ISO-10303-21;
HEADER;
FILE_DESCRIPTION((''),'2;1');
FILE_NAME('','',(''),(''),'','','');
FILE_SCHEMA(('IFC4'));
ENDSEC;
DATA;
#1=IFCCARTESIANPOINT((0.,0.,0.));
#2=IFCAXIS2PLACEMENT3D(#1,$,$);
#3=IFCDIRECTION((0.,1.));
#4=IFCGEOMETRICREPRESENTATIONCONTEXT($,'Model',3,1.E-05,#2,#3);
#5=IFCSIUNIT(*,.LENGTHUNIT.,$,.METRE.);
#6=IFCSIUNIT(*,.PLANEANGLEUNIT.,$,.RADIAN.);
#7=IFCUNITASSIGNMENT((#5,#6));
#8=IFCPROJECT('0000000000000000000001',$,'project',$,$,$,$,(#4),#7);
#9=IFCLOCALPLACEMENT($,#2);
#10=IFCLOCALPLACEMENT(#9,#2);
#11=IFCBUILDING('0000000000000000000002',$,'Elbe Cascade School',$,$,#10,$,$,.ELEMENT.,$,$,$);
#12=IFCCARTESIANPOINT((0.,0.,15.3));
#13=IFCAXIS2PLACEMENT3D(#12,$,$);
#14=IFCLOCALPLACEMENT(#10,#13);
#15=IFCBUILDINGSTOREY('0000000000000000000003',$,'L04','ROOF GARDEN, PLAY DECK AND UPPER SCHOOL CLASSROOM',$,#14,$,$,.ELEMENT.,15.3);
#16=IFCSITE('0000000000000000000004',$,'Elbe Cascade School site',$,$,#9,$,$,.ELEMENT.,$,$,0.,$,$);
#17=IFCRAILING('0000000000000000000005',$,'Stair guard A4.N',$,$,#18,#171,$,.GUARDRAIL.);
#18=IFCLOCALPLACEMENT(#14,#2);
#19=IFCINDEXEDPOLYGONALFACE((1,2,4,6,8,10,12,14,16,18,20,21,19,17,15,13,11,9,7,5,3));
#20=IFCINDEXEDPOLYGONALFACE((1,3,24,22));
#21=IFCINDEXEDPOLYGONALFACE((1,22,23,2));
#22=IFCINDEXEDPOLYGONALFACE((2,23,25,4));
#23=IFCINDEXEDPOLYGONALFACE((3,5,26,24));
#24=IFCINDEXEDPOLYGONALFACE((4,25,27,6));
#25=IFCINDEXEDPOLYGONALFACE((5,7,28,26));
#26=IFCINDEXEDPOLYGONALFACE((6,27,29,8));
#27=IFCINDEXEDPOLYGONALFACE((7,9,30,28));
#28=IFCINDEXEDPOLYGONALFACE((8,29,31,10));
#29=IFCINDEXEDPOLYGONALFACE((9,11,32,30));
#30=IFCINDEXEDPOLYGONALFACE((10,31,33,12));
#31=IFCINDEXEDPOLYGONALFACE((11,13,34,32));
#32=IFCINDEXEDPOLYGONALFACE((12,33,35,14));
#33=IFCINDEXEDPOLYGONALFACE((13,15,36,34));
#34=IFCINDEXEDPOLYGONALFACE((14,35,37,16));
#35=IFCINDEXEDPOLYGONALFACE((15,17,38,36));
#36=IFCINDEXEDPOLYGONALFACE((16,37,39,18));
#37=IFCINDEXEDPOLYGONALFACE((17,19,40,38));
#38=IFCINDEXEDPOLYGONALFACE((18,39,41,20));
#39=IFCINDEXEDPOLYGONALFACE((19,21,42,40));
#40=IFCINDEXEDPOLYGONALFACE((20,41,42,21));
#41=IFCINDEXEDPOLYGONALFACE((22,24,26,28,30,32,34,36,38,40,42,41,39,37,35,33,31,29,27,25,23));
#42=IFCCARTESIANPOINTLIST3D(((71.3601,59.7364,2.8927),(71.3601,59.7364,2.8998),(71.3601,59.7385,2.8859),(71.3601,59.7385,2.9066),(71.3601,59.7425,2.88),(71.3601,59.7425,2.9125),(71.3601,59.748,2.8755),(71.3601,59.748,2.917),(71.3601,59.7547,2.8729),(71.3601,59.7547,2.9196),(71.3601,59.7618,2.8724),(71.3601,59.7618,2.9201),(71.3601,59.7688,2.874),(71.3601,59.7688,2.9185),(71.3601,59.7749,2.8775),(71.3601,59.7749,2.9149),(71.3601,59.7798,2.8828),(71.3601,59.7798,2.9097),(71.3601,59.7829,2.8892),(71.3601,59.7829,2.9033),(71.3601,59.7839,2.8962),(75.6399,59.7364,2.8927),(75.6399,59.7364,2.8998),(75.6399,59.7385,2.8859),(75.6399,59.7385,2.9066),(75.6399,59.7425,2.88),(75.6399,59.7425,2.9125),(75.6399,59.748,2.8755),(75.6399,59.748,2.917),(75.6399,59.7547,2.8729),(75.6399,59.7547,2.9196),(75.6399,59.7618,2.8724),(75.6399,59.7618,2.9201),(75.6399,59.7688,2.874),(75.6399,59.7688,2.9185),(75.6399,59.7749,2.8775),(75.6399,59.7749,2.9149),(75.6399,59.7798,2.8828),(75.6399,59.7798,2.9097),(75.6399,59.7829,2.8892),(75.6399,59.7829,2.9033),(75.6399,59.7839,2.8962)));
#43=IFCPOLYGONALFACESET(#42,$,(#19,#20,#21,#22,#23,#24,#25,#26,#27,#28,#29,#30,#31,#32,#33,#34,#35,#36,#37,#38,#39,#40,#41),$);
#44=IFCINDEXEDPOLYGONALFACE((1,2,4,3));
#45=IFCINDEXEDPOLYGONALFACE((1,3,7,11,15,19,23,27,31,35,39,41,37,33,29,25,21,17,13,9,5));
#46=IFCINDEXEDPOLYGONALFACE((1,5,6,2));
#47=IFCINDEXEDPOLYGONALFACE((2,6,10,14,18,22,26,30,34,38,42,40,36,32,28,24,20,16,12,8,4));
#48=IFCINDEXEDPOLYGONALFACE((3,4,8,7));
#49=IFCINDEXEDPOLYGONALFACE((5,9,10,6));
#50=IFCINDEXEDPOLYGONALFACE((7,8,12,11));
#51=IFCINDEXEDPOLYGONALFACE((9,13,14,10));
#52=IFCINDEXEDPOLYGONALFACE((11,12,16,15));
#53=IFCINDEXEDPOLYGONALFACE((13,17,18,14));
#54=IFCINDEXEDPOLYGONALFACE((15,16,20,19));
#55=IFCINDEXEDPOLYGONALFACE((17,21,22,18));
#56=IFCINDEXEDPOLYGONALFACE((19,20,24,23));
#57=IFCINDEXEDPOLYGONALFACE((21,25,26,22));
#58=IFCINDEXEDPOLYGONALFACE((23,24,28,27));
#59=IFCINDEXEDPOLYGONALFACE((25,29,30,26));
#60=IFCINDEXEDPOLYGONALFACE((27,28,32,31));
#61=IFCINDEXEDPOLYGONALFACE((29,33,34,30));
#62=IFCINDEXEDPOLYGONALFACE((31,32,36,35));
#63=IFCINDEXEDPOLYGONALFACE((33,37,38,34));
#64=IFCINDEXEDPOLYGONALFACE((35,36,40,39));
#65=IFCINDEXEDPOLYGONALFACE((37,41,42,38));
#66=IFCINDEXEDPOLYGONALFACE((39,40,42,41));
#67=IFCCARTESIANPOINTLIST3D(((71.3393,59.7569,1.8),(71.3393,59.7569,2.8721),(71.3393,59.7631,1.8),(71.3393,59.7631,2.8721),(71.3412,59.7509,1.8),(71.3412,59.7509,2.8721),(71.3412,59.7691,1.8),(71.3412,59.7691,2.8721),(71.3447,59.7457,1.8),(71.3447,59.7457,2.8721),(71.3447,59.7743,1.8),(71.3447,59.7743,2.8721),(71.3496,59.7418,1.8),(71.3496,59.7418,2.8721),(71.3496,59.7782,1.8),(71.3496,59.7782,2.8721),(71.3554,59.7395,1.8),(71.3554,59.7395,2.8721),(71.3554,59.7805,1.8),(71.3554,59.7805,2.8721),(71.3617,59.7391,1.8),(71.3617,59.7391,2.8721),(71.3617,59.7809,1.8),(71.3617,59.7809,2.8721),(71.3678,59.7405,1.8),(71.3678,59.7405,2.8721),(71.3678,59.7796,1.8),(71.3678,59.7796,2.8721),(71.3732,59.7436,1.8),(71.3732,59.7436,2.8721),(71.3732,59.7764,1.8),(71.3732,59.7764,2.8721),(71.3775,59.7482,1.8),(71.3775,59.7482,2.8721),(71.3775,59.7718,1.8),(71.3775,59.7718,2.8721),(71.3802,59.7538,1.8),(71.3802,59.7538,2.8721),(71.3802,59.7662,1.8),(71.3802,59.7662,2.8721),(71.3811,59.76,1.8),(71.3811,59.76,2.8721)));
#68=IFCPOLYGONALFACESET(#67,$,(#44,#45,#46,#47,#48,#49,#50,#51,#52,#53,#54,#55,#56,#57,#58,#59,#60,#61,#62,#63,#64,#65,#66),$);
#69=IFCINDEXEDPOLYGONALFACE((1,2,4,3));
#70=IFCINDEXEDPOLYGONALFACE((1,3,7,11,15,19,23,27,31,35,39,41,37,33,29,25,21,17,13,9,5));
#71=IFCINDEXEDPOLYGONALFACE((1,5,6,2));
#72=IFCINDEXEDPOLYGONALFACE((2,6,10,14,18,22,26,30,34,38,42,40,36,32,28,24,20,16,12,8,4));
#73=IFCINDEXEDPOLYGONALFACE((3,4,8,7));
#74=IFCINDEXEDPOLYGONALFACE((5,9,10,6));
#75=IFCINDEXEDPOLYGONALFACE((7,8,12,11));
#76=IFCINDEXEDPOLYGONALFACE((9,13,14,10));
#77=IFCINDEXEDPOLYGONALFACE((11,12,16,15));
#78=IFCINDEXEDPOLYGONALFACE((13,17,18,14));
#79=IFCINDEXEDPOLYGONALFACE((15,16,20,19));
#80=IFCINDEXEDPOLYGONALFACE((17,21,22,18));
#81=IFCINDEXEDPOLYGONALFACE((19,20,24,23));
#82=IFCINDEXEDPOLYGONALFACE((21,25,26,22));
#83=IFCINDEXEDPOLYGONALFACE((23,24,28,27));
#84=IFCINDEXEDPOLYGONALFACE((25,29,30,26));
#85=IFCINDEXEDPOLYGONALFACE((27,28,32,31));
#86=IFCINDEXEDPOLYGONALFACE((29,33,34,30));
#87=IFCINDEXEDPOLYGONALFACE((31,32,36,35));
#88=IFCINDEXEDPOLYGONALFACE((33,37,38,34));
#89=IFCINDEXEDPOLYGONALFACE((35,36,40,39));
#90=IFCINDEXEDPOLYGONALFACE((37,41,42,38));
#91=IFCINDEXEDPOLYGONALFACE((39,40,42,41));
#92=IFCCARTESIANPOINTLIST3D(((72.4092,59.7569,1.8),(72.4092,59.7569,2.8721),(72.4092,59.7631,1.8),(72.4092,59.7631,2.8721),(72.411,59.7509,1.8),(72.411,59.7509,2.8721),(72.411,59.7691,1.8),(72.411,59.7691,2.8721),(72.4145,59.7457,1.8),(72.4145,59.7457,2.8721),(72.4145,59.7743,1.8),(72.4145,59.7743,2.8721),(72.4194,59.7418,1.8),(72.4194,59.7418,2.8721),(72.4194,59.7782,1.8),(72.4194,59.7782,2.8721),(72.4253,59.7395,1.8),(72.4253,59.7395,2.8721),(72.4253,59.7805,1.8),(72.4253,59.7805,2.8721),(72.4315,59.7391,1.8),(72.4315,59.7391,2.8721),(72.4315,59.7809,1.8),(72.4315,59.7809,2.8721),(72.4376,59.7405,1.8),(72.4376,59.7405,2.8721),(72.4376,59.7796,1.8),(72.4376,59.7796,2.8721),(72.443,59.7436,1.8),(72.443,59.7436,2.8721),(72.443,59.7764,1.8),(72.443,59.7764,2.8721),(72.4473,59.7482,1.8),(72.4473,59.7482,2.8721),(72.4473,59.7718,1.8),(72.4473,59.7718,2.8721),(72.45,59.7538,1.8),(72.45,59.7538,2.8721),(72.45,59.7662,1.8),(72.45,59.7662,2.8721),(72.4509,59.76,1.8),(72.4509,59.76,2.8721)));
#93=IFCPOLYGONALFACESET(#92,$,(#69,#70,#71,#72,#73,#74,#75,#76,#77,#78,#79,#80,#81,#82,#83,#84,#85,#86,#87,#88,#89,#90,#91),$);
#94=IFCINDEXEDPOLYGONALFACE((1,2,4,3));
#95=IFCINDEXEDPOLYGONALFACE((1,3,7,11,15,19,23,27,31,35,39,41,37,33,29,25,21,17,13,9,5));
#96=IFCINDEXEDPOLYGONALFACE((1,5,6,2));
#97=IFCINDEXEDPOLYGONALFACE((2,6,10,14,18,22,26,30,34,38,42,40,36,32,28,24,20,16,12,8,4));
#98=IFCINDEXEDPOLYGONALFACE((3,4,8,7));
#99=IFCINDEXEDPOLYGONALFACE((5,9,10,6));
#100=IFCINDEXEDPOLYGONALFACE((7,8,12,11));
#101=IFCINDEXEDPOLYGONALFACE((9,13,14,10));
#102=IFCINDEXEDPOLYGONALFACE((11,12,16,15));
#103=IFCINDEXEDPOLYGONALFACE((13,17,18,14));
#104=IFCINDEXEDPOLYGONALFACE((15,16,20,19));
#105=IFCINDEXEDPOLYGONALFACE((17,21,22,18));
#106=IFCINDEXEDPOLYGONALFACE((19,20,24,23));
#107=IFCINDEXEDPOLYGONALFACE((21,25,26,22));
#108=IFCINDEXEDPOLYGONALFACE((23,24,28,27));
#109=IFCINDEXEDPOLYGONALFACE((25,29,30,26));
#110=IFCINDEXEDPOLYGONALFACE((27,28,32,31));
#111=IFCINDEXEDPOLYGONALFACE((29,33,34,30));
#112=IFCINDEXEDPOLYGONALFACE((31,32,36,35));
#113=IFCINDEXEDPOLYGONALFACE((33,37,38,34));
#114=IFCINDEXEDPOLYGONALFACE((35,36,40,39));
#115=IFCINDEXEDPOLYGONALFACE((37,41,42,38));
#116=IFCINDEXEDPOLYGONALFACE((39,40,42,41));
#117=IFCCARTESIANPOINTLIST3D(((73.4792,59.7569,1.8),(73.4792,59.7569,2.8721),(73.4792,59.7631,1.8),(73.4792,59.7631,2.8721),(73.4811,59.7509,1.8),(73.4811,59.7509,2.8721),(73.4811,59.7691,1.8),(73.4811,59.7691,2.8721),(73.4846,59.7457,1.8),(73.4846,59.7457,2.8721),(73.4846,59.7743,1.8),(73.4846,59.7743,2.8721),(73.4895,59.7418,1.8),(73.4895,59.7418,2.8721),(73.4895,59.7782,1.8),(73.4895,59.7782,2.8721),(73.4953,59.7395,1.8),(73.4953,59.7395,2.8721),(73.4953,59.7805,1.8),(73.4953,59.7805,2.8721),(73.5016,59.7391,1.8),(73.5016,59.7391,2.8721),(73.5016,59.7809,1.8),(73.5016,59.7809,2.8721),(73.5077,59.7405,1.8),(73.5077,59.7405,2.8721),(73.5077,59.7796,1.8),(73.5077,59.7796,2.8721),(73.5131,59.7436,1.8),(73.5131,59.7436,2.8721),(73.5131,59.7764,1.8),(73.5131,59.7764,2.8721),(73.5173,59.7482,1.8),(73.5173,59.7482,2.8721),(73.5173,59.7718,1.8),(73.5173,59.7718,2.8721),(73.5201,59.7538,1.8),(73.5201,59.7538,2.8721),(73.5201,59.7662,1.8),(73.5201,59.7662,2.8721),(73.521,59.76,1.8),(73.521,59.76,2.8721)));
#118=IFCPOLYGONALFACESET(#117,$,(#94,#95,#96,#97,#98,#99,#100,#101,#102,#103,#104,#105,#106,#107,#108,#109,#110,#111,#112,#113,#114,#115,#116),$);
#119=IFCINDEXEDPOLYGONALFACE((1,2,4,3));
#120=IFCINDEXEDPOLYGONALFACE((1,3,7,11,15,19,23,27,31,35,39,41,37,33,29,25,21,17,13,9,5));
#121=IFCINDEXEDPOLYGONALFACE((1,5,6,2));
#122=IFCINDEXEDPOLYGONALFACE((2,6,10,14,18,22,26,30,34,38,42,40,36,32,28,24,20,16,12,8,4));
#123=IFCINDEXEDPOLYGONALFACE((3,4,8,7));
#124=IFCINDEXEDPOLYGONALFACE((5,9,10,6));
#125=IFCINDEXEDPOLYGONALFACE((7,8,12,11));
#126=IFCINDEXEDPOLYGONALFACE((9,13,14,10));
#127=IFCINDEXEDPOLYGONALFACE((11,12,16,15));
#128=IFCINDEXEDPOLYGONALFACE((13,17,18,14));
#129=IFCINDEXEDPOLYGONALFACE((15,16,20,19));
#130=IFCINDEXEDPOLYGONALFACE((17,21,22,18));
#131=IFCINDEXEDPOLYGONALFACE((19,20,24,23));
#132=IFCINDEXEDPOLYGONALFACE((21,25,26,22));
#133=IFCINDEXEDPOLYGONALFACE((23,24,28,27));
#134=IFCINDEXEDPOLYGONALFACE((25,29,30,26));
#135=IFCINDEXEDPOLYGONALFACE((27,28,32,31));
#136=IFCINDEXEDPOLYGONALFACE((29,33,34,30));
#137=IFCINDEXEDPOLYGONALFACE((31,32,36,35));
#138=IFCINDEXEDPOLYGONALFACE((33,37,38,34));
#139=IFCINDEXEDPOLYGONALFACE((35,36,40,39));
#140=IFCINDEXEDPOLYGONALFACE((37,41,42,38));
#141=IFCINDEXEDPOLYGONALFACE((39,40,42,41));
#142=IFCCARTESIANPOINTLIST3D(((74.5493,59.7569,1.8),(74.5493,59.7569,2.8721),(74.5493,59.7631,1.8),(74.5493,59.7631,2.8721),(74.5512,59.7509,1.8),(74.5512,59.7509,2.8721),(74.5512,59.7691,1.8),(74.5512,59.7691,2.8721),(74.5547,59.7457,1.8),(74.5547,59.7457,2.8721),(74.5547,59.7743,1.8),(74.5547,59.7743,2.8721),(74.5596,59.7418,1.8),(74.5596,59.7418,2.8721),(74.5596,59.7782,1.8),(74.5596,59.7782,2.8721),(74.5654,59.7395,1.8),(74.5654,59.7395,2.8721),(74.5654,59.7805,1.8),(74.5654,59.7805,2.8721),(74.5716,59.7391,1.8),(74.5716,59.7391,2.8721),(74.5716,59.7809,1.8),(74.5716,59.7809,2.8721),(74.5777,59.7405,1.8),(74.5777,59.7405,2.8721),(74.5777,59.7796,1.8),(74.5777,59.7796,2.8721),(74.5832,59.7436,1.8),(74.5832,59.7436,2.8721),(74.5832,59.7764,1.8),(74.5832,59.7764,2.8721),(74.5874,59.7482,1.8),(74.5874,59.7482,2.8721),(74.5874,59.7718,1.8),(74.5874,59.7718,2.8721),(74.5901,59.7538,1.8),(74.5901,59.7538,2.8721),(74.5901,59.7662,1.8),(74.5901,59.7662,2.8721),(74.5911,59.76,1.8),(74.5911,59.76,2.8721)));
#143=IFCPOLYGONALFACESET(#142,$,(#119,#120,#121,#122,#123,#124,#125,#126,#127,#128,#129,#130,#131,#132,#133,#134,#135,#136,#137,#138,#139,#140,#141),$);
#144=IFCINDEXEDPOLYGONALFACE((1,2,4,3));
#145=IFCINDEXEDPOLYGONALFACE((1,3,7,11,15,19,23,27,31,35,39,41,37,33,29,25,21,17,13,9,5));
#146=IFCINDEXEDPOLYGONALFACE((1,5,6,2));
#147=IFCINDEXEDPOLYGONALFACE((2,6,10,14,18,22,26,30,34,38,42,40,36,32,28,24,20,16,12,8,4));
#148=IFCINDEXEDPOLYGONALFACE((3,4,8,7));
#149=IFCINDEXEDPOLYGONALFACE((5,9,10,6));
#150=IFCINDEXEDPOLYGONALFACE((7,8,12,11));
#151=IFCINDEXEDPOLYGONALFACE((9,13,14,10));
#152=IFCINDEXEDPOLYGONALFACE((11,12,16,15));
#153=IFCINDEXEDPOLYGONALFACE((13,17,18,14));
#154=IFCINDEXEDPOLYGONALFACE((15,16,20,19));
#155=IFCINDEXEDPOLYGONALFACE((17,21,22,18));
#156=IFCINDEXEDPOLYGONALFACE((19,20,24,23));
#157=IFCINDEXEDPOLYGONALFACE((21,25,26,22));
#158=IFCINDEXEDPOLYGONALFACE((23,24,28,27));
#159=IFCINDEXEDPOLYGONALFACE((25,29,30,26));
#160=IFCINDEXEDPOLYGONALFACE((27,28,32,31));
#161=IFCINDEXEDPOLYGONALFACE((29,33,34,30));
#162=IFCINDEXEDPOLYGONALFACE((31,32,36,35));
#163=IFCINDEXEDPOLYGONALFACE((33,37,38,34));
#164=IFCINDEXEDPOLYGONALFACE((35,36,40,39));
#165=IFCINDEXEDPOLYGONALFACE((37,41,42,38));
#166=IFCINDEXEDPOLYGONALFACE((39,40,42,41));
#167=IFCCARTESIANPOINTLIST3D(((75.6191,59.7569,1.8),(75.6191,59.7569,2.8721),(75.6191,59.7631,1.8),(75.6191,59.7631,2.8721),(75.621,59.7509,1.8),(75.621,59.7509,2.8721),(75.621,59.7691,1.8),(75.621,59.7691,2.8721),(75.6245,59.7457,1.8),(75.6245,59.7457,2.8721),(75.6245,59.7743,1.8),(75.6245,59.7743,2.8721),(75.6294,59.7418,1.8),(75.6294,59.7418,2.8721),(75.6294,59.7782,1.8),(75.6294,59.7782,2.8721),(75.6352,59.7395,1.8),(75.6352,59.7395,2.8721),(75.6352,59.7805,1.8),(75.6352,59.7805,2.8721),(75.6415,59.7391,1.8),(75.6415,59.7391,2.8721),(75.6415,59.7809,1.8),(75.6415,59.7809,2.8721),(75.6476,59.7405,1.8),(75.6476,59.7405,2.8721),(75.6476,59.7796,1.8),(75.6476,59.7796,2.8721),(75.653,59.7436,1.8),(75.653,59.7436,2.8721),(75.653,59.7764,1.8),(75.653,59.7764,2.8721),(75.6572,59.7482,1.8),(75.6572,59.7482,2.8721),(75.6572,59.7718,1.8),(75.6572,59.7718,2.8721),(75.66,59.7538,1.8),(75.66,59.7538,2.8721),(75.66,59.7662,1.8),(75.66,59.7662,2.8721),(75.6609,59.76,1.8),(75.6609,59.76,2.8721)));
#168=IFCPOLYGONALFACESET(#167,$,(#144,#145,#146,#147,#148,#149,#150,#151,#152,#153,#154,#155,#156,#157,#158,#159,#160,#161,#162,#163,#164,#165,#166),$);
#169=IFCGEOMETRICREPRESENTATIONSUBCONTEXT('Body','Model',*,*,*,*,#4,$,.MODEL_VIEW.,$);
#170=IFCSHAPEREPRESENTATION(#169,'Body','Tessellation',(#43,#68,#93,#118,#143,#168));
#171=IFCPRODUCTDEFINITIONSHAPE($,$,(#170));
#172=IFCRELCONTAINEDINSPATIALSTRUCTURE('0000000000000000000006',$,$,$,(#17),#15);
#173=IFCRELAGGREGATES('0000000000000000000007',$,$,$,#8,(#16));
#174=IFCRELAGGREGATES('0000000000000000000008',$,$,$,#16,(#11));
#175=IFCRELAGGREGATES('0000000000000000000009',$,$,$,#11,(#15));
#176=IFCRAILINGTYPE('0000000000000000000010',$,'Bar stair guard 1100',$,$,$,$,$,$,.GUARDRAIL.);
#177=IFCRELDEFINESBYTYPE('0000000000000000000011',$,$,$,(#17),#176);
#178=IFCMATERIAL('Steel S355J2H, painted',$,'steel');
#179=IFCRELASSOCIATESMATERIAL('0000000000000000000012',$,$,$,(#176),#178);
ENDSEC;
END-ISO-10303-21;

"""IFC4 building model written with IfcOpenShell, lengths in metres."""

from ifc_helpers import new_model, si_unit, direction, frame, origin, origin_2d, place, context, subcontext, project, spatial, circle, extrude, material, type_object, element, save


model = new_model("IFC4")

# Units and contexts
model_context = context("Model", 3, precision=1e-05, world=origin(), true_north=direction((0.0, 1.0)))
body_context = subcontext(model_context, "Body", "Model", "MODEL_VIEW")
ifc_project = project(units=[si_unit("LENGTHUNIT", "METRE"), si_unit("PLANEANGLEUNIT", "RADIAN")], contexts=[model_context])

# Site, building, storey
site_placement = place(None, origin())
site = spatial("IfcSite", under=ifc_project, at=site_placement, Name="Elbe Cascade School site", CompositionType="ELEMENT", RefElevation=0.0)
building_placement = place(site_placement, origin())
building = spatial("IfcBuilding", under=site, at=building_placement, Name="Elbe Cascade School", CompositionType="ELEMENT")
storey_placement = place(building_placement, frame((0.0, 0.0, 15.3)))
storey = spatial("IfcBuildingStorey", under=building, at=storey_placement, Name="L04", Description="ROOF GARDEN, PLAY DECK AND UPPER SCHOOL CLASSROOM", CompositionType="ELEMENT", Elevation=15.3)

# Railing
ifc_material_1 = material(Name="Steel S355J2H, painted", Category="steel")
railing_type_1 = type_object("IfcRailingType", Name="Bar stair guard 1100", PredefinedType="GUARDRAIL", material=ifc_material_1)
railing_1_placement = place(storey_placement, frame((71.3601, 59.76, 1.8)))
element("IfcRailing", 1, at=railing_1_placement, inside=storey, type_object=railing_type_1, Name="Stair guard A4.N", PredefinedType="GUARDRAIL", context=body_context, shape_type="SweptSolid", body=[
    extrude(circle(Radius=0.0239, at=origin_2d()), frame((0.0, 0.0, 1.0962), z_axis=(1.0, 0.0, 0.0), x_axis=(0.0, 1.0, 0.0)), (0.0, 0.0, 1.0), 4.2798),
    extrude(circle(Radius=0.021, at=origin_2d()), origin(), (0.0, 0.0, 1.0), 1.072),
    extrude(circle(Radius=0.021, at=origin_2d()), frame((1.0698, 0.0, 0.0)), (0.0, 0.0, 1.0), 1.072),
    extrude(circle(Radius=0.021, at=origin_2d()), frame((2.1399, 0.0, 0.0)), (0.0, 0.0, 1.0), 1.072),
    extrude(circle(Radius=0.021, at=origin_2d()), frame((3.21, 0.0, 0.0)), (0.0, 0.0, 1.0), 1.072),
    extrude(circle(Radius=0.021, at=origin_2d()), frame((4.2798, 0.0, 0.0)), (0.0, 0.0, 1.0), 1.072),
])

save(model, "model.ifc")
